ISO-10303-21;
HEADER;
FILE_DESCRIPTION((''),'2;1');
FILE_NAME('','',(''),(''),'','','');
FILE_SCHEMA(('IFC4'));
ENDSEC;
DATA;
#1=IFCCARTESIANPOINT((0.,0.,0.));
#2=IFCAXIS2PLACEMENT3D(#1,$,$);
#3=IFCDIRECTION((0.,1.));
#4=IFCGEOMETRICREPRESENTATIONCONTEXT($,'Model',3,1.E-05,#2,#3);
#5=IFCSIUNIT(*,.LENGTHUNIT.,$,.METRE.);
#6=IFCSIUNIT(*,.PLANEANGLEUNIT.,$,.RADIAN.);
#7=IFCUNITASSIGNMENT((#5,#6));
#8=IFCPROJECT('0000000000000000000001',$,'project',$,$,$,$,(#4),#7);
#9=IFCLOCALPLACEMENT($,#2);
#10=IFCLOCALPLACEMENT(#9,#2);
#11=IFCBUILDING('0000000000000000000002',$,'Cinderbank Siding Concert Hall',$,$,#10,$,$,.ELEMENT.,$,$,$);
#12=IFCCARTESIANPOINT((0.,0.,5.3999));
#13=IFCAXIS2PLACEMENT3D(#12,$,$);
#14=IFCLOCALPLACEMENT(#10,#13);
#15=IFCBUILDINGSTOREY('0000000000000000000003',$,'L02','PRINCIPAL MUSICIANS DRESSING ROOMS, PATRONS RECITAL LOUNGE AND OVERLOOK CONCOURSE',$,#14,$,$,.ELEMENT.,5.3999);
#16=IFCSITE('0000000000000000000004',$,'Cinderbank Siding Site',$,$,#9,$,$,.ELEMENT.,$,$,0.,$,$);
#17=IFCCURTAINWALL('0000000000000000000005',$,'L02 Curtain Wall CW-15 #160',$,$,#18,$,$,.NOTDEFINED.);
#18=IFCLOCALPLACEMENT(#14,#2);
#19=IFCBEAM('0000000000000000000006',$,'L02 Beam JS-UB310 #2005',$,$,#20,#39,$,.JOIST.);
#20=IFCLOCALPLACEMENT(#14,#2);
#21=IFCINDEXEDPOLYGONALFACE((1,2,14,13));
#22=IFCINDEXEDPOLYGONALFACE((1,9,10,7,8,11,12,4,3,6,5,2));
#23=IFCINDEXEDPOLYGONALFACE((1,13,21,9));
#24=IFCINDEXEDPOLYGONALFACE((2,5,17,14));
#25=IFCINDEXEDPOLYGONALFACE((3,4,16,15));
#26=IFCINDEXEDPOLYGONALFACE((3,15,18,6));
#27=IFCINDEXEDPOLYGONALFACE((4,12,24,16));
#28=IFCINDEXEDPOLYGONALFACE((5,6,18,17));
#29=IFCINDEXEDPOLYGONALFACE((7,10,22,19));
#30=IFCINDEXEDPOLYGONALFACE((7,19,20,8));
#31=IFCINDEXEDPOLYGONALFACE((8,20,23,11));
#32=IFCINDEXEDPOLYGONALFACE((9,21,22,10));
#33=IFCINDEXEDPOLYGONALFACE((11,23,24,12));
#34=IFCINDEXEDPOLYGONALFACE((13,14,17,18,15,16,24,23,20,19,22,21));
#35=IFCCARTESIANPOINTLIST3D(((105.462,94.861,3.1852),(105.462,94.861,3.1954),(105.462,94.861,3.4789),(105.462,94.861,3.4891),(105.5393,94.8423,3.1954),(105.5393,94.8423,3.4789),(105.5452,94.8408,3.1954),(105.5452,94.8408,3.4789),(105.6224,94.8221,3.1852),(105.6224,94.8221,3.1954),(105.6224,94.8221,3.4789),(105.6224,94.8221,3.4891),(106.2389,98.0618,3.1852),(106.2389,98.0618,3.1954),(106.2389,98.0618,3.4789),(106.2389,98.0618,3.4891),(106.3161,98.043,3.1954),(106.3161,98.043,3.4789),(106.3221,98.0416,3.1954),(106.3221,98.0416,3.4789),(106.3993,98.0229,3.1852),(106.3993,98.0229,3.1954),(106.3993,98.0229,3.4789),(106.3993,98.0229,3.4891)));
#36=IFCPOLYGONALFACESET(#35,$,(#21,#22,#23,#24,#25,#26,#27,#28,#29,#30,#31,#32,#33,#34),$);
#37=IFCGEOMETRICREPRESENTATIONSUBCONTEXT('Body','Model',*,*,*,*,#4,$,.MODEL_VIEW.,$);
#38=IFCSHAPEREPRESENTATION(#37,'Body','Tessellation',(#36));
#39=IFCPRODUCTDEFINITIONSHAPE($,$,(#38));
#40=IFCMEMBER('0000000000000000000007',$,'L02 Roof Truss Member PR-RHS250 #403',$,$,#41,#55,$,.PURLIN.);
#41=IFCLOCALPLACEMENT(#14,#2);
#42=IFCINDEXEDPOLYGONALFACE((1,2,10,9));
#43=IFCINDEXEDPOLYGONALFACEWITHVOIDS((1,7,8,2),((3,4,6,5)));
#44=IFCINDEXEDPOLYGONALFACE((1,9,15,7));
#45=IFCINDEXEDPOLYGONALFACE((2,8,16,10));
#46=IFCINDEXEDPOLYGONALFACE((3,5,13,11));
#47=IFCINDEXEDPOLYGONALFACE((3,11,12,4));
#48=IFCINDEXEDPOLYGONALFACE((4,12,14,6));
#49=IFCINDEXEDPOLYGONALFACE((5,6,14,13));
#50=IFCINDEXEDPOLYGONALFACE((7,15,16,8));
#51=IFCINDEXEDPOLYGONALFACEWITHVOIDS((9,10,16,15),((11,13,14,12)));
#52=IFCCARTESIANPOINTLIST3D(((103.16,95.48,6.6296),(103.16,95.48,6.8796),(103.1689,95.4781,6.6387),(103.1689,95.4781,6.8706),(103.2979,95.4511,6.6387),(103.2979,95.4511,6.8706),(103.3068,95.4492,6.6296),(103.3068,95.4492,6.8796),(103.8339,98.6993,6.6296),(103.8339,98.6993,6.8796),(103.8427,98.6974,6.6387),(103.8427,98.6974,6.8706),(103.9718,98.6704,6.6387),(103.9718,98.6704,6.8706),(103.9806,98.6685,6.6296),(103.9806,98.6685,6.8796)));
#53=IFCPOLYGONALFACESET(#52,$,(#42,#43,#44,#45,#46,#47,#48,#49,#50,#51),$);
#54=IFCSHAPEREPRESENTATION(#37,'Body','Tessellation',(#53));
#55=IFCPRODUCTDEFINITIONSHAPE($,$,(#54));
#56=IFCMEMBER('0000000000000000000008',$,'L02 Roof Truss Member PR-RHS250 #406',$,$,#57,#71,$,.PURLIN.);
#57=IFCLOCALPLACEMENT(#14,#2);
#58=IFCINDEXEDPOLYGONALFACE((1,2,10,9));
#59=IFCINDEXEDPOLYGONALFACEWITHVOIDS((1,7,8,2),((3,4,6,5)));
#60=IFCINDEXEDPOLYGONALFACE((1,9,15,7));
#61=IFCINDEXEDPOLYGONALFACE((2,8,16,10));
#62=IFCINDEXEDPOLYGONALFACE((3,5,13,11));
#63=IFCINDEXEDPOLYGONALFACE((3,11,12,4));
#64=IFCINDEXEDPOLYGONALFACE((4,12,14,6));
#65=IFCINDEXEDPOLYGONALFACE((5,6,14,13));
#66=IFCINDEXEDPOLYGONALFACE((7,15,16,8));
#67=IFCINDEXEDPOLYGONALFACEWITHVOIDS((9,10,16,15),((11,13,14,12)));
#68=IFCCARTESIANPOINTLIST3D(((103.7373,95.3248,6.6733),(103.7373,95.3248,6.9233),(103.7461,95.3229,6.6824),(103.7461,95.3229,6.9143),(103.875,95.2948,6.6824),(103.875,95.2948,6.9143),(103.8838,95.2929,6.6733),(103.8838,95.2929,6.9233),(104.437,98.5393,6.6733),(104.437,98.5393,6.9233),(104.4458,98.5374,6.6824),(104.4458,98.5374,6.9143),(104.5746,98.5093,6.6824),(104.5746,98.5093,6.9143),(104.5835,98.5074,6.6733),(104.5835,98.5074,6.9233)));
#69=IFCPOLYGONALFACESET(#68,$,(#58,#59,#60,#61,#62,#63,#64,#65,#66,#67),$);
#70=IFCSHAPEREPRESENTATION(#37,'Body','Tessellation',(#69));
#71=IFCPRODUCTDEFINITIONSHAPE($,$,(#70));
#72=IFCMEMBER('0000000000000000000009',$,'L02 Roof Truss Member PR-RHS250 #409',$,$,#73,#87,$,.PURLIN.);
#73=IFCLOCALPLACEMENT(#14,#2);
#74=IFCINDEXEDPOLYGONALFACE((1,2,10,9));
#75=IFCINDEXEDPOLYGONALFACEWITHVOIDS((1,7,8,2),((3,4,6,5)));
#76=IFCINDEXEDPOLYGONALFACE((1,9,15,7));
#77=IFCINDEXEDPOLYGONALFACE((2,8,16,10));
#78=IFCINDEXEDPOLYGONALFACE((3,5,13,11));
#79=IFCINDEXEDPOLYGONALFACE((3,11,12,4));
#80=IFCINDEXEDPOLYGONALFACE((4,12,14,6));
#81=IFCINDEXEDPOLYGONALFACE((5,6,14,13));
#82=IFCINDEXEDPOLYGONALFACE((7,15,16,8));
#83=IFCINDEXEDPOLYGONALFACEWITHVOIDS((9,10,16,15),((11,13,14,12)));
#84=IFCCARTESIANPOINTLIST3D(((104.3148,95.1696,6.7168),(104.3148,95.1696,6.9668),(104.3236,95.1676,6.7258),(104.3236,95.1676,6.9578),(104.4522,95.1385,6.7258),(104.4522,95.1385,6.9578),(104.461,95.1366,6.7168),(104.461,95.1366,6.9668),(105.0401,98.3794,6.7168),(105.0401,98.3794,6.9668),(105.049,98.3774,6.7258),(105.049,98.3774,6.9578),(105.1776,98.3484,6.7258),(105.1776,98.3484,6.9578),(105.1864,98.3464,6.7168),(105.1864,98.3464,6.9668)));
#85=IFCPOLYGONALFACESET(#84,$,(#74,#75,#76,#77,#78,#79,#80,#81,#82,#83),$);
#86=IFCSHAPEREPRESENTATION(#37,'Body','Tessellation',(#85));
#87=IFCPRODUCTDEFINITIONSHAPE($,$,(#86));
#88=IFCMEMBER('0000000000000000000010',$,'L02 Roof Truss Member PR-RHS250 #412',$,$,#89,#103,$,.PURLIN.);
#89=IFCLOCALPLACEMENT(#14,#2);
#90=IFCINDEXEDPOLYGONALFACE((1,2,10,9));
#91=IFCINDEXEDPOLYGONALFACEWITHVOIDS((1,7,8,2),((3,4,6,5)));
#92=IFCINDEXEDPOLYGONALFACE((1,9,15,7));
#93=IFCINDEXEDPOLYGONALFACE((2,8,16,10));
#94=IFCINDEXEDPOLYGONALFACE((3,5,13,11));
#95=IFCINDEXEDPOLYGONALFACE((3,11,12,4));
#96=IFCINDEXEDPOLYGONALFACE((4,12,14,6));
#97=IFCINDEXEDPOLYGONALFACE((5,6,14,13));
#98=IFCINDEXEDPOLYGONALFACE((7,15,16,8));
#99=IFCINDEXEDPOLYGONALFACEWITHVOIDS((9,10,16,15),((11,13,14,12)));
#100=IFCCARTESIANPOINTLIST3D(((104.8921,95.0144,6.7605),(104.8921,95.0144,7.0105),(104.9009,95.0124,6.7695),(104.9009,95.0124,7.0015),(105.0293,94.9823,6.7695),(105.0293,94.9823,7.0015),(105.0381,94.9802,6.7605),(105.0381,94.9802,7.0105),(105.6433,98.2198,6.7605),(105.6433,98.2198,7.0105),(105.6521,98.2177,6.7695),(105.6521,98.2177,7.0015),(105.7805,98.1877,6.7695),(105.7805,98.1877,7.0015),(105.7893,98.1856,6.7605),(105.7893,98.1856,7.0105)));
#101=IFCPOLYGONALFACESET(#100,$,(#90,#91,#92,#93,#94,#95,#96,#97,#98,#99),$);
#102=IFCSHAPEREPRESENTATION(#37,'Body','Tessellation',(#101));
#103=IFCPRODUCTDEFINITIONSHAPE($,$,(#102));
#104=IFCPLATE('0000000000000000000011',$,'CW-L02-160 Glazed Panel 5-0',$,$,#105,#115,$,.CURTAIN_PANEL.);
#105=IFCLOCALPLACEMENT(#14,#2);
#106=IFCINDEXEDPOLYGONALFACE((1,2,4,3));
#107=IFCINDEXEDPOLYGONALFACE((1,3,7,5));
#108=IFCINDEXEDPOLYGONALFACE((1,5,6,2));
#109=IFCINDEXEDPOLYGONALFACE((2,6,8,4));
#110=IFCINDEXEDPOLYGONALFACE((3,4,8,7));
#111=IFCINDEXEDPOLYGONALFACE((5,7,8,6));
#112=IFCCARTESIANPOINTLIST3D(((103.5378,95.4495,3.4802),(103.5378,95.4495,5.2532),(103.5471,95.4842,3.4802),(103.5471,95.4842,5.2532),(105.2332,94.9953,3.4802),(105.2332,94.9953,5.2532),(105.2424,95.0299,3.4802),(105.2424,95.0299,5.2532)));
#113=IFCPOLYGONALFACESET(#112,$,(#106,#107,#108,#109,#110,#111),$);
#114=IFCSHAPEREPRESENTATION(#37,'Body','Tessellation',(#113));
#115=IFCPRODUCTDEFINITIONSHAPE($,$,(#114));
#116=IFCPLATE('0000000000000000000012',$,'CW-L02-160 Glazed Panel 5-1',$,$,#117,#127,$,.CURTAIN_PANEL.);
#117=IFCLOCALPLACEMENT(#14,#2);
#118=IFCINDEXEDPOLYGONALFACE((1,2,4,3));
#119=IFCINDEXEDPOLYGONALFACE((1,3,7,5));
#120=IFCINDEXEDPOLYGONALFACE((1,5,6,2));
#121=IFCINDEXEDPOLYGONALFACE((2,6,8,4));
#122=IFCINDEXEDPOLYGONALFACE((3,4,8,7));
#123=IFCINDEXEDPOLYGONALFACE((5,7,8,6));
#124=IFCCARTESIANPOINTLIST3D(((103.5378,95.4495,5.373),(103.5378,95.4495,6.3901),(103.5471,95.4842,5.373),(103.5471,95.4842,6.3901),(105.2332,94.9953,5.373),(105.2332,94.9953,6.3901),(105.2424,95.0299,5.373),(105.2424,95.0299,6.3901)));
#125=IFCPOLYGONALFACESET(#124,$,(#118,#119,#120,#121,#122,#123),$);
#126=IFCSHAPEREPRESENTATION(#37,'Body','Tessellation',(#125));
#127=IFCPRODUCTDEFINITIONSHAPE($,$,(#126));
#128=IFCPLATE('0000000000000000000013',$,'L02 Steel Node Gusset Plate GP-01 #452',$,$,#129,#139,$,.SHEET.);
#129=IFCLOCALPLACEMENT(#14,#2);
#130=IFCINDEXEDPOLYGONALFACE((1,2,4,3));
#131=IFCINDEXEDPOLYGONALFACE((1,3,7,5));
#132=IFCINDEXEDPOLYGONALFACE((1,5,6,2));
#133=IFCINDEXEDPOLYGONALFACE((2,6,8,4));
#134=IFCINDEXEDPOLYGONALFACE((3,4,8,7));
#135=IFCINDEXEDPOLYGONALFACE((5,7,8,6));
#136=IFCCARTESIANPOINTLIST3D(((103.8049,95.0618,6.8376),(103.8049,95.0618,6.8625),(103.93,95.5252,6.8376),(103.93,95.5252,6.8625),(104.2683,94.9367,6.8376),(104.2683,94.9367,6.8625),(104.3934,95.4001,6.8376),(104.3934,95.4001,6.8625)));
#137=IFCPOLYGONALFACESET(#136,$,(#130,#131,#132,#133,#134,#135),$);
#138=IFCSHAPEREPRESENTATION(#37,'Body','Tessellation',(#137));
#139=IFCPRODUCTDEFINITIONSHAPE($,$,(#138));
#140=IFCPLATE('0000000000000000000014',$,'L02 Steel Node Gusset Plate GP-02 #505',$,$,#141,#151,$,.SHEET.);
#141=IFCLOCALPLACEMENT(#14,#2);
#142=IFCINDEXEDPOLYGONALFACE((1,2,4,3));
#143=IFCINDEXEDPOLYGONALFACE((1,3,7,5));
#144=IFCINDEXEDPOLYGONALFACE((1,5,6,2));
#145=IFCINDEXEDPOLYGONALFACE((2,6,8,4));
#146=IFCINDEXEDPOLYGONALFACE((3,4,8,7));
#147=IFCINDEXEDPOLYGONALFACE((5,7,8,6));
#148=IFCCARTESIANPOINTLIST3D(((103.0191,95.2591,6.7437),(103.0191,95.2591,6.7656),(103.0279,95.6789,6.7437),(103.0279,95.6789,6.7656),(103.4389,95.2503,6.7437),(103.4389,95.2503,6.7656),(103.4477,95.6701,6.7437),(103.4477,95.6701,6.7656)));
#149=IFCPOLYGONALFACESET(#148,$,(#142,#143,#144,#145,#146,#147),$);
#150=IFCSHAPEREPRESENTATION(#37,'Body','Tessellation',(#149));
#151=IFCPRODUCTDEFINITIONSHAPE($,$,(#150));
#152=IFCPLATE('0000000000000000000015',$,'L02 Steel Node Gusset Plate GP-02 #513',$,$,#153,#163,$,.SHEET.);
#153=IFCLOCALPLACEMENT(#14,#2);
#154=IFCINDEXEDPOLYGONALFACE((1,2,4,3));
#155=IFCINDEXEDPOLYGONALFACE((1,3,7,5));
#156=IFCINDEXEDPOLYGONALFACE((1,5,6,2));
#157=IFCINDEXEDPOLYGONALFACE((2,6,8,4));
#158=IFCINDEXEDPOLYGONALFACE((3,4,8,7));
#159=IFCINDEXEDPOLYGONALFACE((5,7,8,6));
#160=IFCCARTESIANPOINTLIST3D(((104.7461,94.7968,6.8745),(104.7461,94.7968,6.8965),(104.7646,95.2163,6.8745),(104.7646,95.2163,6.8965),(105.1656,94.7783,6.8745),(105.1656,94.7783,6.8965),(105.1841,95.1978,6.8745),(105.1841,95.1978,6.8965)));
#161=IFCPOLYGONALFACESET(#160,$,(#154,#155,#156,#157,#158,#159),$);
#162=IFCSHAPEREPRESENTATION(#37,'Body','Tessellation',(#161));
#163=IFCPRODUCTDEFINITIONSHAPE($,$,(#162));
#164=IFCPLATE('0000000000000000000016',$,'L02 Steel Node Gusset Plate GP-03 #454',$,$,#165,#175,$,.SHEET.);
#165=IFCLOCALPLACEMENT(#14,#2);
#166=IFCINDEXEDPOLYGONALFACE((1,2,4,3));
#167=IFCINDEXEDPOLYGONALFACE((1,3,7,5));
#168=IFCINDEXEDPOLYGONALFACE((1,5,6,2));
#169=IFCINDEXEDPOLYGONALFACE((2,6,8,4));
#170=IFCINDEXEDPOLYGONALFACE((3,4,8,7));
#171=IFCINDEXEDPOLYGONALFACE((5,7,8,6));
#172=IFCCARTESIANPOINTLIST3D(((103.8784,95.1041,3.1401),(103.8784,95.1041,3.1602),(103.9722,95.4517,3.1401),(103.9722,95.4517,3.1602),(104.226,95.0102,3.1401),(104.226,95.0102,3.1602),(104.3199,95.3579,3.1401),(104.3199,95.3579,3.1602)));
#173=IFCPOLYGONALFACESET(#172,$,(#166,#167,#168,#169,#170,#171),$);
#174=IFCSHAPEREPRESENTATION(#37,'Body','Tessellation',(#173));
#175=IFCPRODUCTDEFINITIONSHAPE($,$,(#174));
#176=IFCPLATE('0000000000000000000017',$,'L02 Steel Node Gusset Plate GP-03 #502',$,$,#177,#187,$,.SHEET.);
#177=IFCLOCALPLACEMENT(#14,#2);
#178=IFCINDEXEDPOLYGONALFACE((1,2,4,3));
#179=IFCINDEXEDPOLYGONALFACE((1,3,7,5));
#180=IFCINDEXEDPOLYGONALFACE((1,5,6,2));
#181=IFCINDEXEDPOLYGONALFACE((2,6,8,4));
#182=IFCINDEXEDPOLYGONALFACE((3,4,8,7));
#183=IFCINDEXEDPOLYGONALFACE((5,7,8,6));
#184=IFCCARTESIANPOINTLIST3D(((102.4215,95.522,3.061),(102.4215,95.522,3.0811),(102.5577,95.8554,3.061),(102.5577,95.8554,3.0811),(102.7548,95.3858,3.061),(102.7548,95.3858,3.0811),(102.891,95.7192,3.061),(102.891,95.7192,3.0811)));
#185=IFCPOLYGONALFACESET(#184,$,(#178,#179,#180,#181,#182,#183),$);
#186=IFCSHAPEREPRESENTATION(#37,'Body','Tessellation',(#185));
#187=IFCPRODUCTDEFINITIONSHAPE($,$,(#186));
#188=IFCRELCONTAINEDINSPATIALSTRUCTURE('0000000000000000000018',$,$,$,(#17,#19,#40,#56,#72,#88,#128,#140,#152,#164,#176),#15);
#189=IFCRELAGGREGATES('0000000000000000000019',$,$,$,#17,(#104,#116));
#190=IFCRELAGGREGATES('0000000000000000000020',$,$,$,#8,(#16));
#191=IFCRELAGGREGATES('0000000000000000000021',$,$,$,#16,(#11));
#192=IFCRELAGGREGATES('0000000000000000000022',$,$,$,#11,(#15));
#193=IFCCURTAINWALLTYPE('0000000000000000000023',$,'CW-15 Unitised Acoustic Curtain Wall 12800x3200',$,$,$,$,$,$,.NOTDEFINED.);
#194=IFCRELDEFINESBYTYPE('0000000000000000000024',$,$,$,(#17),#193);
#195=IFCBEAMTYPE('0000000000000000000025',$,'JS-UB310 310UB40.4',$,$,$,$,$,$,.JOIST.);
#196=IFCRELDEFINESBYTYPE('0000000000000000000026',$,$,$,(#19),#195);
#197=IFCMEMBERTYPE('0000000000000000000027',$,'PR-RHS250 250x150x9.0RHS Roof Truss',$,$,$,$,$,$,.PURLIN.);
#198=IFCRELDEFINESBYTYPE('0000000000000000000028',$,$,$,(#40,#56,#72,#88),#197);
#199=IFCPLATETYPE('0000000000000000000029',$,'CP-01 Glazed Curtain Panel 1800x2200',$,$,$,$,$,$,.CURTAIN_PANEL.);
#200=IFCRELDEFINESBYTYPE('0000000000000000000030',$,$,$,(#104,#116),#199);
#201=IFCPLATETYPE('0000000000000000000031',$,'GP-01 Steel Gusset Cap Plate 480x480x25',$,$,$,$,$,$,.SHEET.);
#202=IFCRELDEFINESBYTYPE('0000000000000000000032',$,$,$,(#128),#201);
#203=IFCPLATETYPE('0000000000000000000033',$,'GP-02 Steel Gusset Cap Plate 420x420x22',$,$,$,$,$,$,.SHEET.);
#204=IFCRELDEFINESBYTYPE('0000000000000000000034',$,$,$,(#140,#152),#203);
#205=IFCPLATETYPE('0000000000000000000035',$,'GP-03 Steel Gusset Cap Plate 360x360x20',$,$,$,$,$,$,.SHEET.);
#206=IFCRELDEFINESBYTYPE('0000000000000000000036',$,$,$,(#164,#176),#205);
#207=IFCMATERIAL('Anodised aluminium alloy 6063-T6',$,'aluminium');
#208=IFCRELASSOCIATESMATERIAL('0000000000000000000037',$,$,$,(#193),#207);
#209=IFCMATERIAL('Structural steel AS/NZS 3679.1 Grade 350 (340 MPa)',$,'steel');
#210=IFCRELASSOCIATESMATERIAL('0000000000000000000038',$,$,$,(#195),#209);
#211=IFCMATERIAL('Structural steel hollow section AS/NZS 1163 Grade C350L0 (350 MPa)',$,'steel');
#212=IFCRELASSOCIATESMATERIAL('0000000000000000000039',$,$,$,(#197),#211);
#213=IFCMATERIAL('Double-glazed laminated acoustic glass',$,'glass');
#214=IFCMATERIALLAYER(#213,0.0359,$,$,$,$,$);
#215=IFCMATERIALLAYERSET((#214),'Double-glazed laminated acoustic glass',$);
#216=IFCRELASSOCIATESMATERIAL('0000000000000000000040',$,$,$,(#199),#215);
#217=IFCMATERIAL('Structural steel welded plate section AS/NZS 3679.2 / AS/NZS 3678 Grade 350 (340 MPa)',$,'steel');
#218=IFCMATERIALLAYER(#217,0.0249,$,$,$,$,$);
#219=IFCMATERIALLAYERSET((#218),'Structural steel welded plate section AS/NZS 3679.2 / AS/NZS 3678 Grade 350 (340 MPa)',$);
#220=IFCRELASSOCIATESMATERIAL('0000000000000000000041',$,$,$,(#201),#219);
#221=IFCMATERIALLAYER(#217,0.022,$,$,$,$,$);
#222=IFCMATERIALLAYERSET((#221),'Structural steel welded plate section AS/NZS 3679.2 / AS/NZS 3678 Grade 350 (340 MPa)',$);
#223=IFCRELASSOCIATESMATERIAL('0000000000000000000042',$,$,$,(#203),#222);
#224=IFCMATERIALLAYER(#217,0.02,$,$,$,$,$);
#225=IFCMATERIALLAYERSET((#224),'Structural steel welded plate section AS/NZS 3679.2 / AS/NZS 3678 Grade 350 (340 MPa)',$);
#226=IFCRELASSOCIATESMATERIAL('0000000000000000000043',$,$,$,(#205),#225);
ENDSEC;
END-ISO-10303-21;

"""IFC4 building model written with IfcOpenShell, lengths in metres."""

from ifc_helpers import new_model, si_unit, direction, frame, origin, origin_2d, place, context, subcontext, project, spatial, rectangle, hollow_rectangle, i_section, extrude, material, layer, layer_set, material_profile, profile_set, type_object, element, aggregate, save


model = new_model("IFC4")

# Units and contexts
model_context = context("Model", 3, precision=1e-05, world=origin(), true_north=direction((0.0, 1.0)))
body_context = subcontext(model_context, "Body", "Model", "MODEL_VIEW")
ifc_project = project(units=[si_unit("LENGTHUNIT", "METRE"), si_unit("PLANEANGLEUNIT", "RADIAN")], contexts=[model_context])

# Site, building, storey
site_placement = place(None, origin())
site = spatial("IfcSite", under=ifc_project, at=site_placement, Name="Cinderbank Siding Site", CompositionType="ELEMENT", RefElevation=0.0)
building_placement = place(site_placement, origin())
building = spatial("IfcBuilding", under=site, at=building_placement, Name="Cinderbank Siding Concert Hall", CompositionType="ELEMENT")
storey_placement = place(building_placement, frame((0.0, 0.0, 5.3999)))
storey = spatial("IfcBuildingStorey", under=building, at=storey_placement, Name="L02", Description="PRINCIPAL MUSICIANS DRESSING ROOMS, PATRONS RECITAL LOUNGE AND OVERLOOK CONCOURSE", CompositionType="ELEMENT", Elevation=5.3999)

# Shared definitions
ifc_material_1 = material(Name="Structural steel hollow section AS/NZS 1163 Grade C350L0 (350 MPa)", Category="steel")

# Curtain wall
ifc_material_2 = material(Name="Anodised aluminium alloy 6063-T6", Category="aluminium")
curtain_wall_type = type_object("IfcCurtainWallType", Name="CW-15 Unitised Acoustic Curtain Wall 12800x3200", PredefinedType="NOTDEFINED", material=ifc_material_2)
curtain_wall_placement = place(storey_placement, origin())
curtain_wall = element("IfcCurtainWall", 1, at=curtain_wall_placement, inside=storey, type_object=curtain_wall_type, Name="L02 Curtain Wall CW-15 #160", PredefinedType="NOTDEFINED")

# Beam
ifc_material_3 = material(Name="Structural steel AS/NZS 3679.1 Grade 350 (340 MPa)", Category="steel")
ifc_material_profile_1 = material_profile(ifc_material_3, i_section(OverallWidth=0.165, OverallDepth=0.304, WebThickness=0.0061, FlangeThickness=0.0103, at=origin_2d()), Name="310UB40.4", Category="LoadBearing")
ifc_profile_set_1 = profile_set([ifc_material_profile_1], Name="Structural steel AS/NZS 3679.1 Grade 350 (340 MPa)")
beam_type = type_object("IfcBeamType", Name="JS-UB310 310UB40.4", PredefinedType="JOIST", material=ifc_profile_set_1)
beam_1_placement = place(storey_placement, frame((105.5422, 94.8416, 3.3372), z_axis=(0.235867, 0.971785, 0.0), x_axis=(-0.971785, 0.235867, 0.0)))
element("IfcBeam", 2, at=beam_1_placement, inside=storey, type_object=beam_type, Name="L02 Beam JS-UB310 #2005", PredefinedType="JOIST", context=body_context, shape_type="SweptSolid", body=[
    extrude(i_section(OverallWidth=0.165, OverallDepth=0.304, WebThickness=0.0061, FlangeThickness=0.0103, at=origin_2d()), origin(), (0.0, 0.0, 1.0), 3.2937),
])

# Members
ifc_material_profile_2 = material_profile(ifc_material_1, hollow_rectangle(XDim=0.1499, YDim=0.25, WallThickness=0.009, at=origin_2d()), Name="250x150x9.0RHS", Category="LoadBearing")
ifc_profile_set_2 = profile_set([ifc_material_profile_2], Name="Structural steel hollow section AS/NZS 1163 Grade C350L0 (350 MPa)")
member_type_1 = type_object("IfcMemberType", Name="PR-RHS250 250x150x9.0RHS Roof Truss", PredefinedType="PURLIN", material=ifc_profile_set_2)
member_1_placement = place(storey_placement, frame((103.2334, 95.4646, 6.7546), z_axis=(0.204873, 0.978789, 0.0), x_axis=(-0.978789, 0.204873, 0.0)))
element("IfcMember", 3, at=member_1_placement, inside=storey, type_object=member_type_1, Name="L02 Roof Truss Member PR-RHS250 #403", PredefinedType="PURLIN", context=body_context, shape_type="SweptSolid", body=[
    extrude(hollow_rectangle(XDim=0.1499, YDim=0.25, WallThickness=0.009, at=origin_2d()), origin(), (0.0, 0.0, 1.0), 3.2891),
])
member_2_placement = place(storey_placement, frame((103.8105, 95.3088, 6.7983), z_axis=(0.212685, 0.977121, 0.0), x_axis=(-0.977121, 0.212685, 0.0)))
element("IfcMember", 4, at=member_2_placement, inside=storey, type_object=member_type_1, Name="L02 Roof Truss Member PR-RHS250 #406", PredefinedType="PURLIN", context=body_context, shape_type="SweptSolid", body=[
    extrude(hollow_rectangle(XDim=0.1499, YDim=0.25, WallThickness=0.009, at=origin_2d()), origin(), (0.0, 0.0, 1.0), 3.2898),
])
member_3_placement = place(storey_placement, frame((104.3879, 95.1531, 6.8418), z_axis=(0.220409, 0.975408, 0.0), x_axis=(-0.975408, 0.220409, 0.0)))
element("IfcMember", 5, at=member_3_placement, inside=storey, type_object=member_type_1, Name="L02 Roof Truss Member PR-RHS250 #409", PredefinedType="PURLIN", context=body_context, shape_type="SweptSolid", body=[
    extrude(hollow_rectangle(XDim=0.1499, YDim=0.25, WallThickness=0.009, at=origin_2d()), origin(), (0.0, 0.0, 1.0), 3.2908),
])
member_4_placement = place(storey_placement, frame((104.9651, 94.9973, 6.8855), z_axis=(0.228184, 0.973618, 0.0), x_axis=(-0.973618, 0.228184, 0.0)))
element("IfcMember", 6, at=member_4_placement, inside=storey, type_object=member_type_1, Name="L02 Roof Truss Member PR-RHS250 #412", PredefinedType="PURLIN", context=body_context, shape_type="SweptSolid", body=[
    extrude(hollow_rectangle(XDim=0.1499, YDim=0.25, WallThickness=0.009, at=origin_2d()), origin(), (0.0, 0.0, 1.0), 3.2922),
])

# Plates
ifc_material_4 = material(Name="Double-glazed laminated acoustic glass", Category="glass")
ifc_layer_1 = layer(ifc_material_4, 0.0359)
ifc_layer_set_1 = layer_set([ifc_layer_1], Name="Double-glazed laminated acoustic glass")
plate_type_1 = type_object("IfcPlateType", Name="CP-01 Glazed Curtain Panel 1800x2200", PredefinedType="CURTAIN_PANEL", material=ifc_layer_set_1)
plate_1_placement = place(storey_placement, frame((104.3901, 95.2397, 3.4802), z_axis=(0.0, 0.0, 1.0), x_axis=(0.965926, -0.258818, 0.0)))
plate_1 = element("IfcPlate", 7, at=plate_1_placement, type_object=plate_type_1, Name="CW-L02-160 Glazed Panel 5-0", PredefinedType="CURTAIN_PANEL", context=body_context, shape_type="SweptSolid", body=[
    extrude(rectangle(XDim=1.7551, YDim=0.0359, at=origin_2d()), origin(), (0.0, 0.0, 1.0), 1.7729),
])
plate_2_placement = place(storey_placement, frame((104.3901, 95.2397, 5.373), z_axis=(0.0, 0.0, 1.0), x_axis=(0.965926, -0.258818, 0.0)))
plate_2 = element("IfcPlate", 8, at=plate_2_placement, type_object=plate_type_1, Name="CW-L02-160 Glazed Panel 5-1", PredefinedType="CURTAIN_PANEL", context=body_context, shape_type="SweptSolid", body=[
    extrude(rectangle(XDim=1.7551, YDim=0.0359, at=origin_2d()), origin(), (0.0, 0.0, 1.0), 1.0171),
])
aggregate(curtain_wall, [plate_1, plate_2])

# Plates
ifc_material_5 = material(Name="Structural steel welded plate section AS/NZS 3679.2 / AS/NZS 3678 Grade 350 (340 MPa)", Category="steel")
ifc_layer_2 = layer(ifc_material_5, 0.0249)
ifc_layer_set_2 = layer_set([ifc_layer_2], Name="Structural steel welded plate section AS/NZS 3679.2 / AS/NZS 3678 Grade 350 (340 MPa)")
plate_type_2 = type_object("IfcPlateType", Name="GP-01 Steel Gusset Cap Plate 480x480x25", PredefinedType="SHEET", material=ifc_layer_set_2)
plate_3_placement = place(storey_placement, frame((104.0991, 95.231, 6.8376), z_axis=(0.0, 0.0, 1.0), x_axis=(0.965427, -0.260673, 0.0)))
element("IfcPlate", 9, at=plate_3_placement, inside=storey, type_object=plate_type_2, Name="L02 Steel Node Gusset Plate GP-01 #452", PredefinedType="SHEET", context=body_context, shape_type="SweptSolid", body=[
    extrude(rectangle(XDim=0.48, YDim=0.48, at=origin_2d()), origin(), (0.0, 0.0, 1.0), 0.0249),
])
ifc_layer_3 = layer(ifc_material_5, 0.022)
ifc_layer_set_3 = layer_set([ifc_layer_3], Name="Structural steel welded plate section AS/NZS 3679.2 / AS/NZS 3678 Grade 350 (340 MPa)")
plate_type_3 = type_object("IfcPlateType", Name="GP-02 Steel Gusset Cap Plate 420x420x22", PredefinedType="SHEET", material=ifc_layer_set_3)
for number, where, z_axis, x_axis, name in (
    (10, (103.2334, 95.4646, 6.7437), (0.0, 0.0, 1.0), (-0.020942, -0.999781, 0.0), "L02 Steel Node Gusset Plate GP-02 #505"),
    (11, (104.9651, 94.9973, 6.8745), (0.0, 0.0, 1.0), (-0.043968, -0.999033, 0.0), "L02 Steel Node Gusset Plate GP-02 #513"),
):
    element("IfcPlate", number, at=place(storey_placement, frame(where, z_axis=z_axis, x_axis=x_axis)), inside=storey, type_object=plate_type_3, Name=name, PredefinedType="SHEET", context=body_context, shape_type="SweptSolid", body=[
        extrude(rectangle(XDim=0.4199, YDim=0.4199, at=origin_2d()), origin(), (0.0, 0.0, 1.0), 0.022),
    ])
ifc_layer_4 = layer(ifc_material_5, 0.02)
ifc_layer_set_4 = layer_set([ifc_layer_4], Name="Structural steel welded plate section AS/NZS 3679.2 / AS/NZS 3678 Grade 350 (340 MPa)")
plate_type_4 = type_object("IfcPlateType", Name="GP-03 Steel Gusset Cap Plate 360x360x20", PredefinedType="SHEET", material=ifc_layer_set_4)
for number, where, z_axis, x_axis, name in (
    (12, (104.0991, 95.231, 3.1401), (0.0, 0.0, 1.0), (0.965427, -0.260673, 0.0), "L02 Steel Node Gusset Plate GP-03 #454"),
    (13, (102.6562, 95.6206, 3.061), (0.0, 0.0, 1.0), (0.378164, 0.925739, 0.0), "L02 Steel Node Gusset Plate GP-03 #502"),
):
    element("IfcPlate", number, at=place(storey_placement, frame(where, z_axis=z_axis, x_axis=x_axis)), inside=storey, type_object=plate_type_4, Name=name, PredefinedType="SHEET", context=body_context, shape_type="SweptSolid", body=[
        extrude(rectangle(XDim=0.3601, YDim=0.3601, at=origin_2d()), origin(), (0.0, 0.0, 1.0), 0.02),
    ])

save(model, "model.ifc")
